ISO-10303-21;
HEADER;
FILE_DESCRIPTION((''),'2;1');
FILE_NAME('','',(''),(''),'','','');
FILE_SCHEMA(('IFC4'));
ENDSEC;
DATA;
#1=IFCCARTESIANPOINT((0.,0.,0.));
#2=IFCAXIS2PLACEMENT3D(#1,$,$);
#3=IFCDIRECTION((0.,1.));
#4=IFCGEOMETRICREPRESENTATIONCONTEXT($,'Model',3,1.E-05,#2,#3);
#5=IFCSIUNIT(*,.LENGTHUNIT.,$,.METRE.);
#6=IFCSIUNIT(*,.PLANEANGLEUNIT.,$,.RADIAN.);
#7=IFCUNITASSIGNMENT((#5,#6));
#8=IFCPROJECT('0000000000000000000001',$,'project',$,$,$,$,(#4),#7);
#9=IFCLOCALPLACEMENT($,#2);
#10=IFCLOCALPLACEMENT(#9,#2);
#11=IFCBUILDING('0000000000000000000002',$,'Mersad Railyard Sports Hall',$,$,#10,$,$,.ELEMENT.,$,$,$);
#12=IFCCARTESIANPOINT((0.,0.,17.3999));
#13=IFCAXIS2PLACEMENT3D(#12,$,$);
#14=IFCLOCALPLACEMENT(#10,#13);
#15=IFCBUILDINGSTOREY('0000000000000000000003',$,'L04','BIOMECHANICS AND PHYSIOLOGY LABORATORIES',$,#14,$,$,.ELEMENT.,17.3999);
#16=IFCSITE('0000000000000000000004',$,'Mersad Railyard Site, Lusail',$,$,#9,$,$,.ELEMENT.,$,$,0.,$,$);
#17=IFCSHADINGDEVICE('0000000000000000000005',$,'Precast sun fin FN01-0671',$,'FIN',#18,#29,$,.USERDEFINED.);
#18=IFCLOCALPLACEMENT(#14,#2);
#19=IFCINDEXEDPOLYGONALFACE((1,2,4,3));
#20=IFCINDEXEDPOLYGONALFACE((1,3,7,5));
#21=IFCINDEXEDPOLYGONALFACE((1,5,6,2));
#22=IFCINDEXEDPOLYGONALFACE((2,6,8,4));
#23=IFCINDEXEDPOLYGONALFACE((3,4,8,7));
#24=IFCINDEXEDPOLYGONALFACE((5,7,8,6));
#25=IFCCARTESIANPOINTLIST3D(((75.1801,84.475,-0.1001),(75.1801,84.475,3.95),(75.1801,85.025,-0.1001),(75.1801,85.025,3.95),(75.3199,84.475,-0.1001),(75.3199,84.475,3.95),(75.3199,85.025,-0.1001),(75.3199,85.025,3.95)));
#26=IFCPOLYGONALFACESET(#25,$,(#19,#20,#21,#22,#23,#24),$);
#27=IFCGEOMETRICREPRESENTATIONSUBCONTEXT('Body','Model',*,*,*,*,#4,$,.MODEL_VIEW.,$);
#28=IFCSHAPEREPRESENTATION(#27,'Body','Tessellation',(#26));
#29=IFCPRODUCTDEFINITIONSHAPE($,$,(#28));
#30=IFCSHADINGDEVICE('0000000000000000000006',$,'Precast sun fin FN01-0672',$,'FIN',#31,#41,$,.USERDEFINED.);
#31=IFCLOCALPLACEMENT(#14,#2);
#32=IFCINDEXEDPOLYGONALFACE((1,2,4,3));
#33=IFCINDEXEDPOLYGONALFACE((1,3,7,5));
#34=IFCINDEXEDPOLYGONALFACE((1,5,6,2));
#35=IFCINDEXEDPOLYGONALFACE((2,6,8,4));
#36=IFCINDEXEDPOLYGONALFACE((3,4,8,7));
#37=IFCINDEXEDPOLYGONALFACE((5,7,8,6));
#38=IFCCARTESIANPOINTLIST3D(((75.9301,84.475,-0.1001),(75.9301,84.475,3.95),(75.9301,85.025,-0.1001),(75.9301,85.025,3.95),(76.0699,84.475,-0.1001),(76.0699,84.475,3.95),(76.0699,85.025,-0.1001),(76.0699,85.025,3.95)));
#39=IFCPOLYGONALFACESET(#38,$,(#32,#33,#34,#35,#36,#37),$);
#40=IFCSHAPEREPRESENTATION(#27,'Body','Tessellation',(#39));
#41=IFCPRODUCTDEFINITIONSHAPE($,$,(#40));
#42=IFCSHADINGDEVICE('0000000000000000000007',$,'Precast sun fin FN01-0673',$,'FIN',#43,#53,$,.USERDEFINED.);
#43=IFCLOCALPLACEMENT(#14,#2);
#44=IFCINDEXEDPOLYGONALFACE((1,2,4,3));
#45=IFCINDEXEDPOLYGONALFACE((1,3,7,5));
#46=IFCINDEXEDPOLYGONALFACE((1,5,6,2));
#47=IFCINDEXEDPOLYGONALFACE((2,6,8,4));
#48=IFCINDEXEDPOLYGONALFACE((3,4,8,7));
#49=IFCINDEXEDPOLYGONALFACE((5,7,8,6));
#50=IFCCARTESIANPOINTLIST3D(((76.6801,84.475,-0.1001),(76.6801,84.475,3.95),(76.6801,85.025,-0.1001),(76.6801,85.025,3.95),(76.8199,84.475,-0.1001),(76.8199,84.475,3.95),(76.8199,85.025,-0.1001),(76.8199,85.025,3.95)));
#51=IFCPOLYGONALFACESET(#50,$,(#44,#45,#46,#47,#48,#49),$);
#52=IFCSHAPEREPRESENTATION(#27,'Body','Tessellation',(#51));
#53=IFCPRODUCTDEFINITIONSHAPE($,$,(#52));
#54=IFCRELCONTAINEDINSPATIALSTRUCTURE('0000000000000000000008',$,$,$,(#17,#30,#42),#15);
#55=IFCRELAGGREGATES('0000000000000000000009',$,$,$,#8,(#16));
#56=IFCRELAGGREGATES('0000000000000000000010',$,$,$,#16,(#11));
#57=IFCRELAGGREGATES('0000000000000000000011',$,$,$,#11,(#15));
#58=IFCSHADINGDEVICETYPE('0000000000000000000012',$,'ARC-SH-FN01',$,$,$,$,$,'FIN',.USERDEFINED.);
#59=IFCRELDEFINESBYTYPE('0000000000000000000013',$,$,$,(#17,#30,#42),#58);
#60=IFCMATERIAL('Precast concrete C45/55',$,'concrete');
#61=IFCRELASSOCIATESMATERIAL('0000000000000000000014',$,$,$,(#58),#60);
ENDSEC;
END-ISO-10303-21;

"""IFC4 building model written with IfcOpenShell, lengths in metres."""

from ifc_helpers import new_model, si_unit, direction, frame, origin, origin_2d, place, context, subcontext, project, spatial, rectangle, extrude, material, type_object, element, save


model = new_model("IFC4")

# Units and contexts
model_context = context("Model", 3, precision=1e-05, world=origin(), true_north=direction((0.0, 1.0)))
body_context = subcontext(model_context, "Body", "Model", "MODEL_VIEW")
ifc_project = project(units=[si_unit("LENGTHUNIT", "METRE"), si_unit("PLANEANGLEUNIT", "RADIAN")], contexts=[model_context])

# Site, building, storey
site_placement = place(None, origin())
site = spatial("IfcSite", under=ifc_project, at=site_placement, Name="Mersad Railyard Site, Lusail", CompositionType="ELEMENT", RefElevation=0.0)
building_placement = place(site_placement, origin())
building = spatial("IfcBuilding", under=site, at=building_placement, Name="Mersad Railyard Sports Hall", CompositionType="ELEMENT")
storey_placement = place(building_placement, frame((0.0, 0.0, 17.3999)))
storey = spatial("IfcBuildingStorey", under=building, at=storey_placement, Name="L04", Description="BIOMECHANICS AND PHYSIOLOGY LABORATORIES", CompositionType="ELEMENT", Elevation=17.3999)

# Shading devices
ifc_material_1 = material(Name="Precast concrete C45/55", Category="concrete")
shading_device_type = type_object("IfcShadingDeviceType", Name="ARC-SH-FN01", ElementType="FIN", PredefinedType="USERDEFINED", material=ifc_material_1)
for number, where, z_axis, x_axis, name in (
    (1, (75.25, 84.75, -0.1001), (0.0, 0.0, 1.0), (1.0, 0.0, 0.0), "Precast sun fin FN01-0671"),
    (2, (76.0, 84.75, -0.1001), (0.0, 0.0, 1.0), (1.0, 0.0, 0.0), "Precast sun fin FN01-0672"),
    (3, (76.75, 84.75, -0.1001), (0.0, 0.0, 1.0), (1.0, 0.0, 0.0), "Precast sun fin FN01-0673"),
):
    element("IfcShadingDevice", number, at=place(storey_placement, frame(where, z_axis=z_axis, x_axis=x_axis)), inside=storey, type_object=shading_device_type, Name=name, ObjectType="FIN", PredefinedType="USERDEFINED", context=body_context, shape_type="SweptSolid", body=[
        extrude(rectangle(XDim=0.1399, YDim=0.55, at=origin_2d()), origin(), (0.0, 0.0, 1.0), 4.05),
    ])

save(model, "model.ifc")
